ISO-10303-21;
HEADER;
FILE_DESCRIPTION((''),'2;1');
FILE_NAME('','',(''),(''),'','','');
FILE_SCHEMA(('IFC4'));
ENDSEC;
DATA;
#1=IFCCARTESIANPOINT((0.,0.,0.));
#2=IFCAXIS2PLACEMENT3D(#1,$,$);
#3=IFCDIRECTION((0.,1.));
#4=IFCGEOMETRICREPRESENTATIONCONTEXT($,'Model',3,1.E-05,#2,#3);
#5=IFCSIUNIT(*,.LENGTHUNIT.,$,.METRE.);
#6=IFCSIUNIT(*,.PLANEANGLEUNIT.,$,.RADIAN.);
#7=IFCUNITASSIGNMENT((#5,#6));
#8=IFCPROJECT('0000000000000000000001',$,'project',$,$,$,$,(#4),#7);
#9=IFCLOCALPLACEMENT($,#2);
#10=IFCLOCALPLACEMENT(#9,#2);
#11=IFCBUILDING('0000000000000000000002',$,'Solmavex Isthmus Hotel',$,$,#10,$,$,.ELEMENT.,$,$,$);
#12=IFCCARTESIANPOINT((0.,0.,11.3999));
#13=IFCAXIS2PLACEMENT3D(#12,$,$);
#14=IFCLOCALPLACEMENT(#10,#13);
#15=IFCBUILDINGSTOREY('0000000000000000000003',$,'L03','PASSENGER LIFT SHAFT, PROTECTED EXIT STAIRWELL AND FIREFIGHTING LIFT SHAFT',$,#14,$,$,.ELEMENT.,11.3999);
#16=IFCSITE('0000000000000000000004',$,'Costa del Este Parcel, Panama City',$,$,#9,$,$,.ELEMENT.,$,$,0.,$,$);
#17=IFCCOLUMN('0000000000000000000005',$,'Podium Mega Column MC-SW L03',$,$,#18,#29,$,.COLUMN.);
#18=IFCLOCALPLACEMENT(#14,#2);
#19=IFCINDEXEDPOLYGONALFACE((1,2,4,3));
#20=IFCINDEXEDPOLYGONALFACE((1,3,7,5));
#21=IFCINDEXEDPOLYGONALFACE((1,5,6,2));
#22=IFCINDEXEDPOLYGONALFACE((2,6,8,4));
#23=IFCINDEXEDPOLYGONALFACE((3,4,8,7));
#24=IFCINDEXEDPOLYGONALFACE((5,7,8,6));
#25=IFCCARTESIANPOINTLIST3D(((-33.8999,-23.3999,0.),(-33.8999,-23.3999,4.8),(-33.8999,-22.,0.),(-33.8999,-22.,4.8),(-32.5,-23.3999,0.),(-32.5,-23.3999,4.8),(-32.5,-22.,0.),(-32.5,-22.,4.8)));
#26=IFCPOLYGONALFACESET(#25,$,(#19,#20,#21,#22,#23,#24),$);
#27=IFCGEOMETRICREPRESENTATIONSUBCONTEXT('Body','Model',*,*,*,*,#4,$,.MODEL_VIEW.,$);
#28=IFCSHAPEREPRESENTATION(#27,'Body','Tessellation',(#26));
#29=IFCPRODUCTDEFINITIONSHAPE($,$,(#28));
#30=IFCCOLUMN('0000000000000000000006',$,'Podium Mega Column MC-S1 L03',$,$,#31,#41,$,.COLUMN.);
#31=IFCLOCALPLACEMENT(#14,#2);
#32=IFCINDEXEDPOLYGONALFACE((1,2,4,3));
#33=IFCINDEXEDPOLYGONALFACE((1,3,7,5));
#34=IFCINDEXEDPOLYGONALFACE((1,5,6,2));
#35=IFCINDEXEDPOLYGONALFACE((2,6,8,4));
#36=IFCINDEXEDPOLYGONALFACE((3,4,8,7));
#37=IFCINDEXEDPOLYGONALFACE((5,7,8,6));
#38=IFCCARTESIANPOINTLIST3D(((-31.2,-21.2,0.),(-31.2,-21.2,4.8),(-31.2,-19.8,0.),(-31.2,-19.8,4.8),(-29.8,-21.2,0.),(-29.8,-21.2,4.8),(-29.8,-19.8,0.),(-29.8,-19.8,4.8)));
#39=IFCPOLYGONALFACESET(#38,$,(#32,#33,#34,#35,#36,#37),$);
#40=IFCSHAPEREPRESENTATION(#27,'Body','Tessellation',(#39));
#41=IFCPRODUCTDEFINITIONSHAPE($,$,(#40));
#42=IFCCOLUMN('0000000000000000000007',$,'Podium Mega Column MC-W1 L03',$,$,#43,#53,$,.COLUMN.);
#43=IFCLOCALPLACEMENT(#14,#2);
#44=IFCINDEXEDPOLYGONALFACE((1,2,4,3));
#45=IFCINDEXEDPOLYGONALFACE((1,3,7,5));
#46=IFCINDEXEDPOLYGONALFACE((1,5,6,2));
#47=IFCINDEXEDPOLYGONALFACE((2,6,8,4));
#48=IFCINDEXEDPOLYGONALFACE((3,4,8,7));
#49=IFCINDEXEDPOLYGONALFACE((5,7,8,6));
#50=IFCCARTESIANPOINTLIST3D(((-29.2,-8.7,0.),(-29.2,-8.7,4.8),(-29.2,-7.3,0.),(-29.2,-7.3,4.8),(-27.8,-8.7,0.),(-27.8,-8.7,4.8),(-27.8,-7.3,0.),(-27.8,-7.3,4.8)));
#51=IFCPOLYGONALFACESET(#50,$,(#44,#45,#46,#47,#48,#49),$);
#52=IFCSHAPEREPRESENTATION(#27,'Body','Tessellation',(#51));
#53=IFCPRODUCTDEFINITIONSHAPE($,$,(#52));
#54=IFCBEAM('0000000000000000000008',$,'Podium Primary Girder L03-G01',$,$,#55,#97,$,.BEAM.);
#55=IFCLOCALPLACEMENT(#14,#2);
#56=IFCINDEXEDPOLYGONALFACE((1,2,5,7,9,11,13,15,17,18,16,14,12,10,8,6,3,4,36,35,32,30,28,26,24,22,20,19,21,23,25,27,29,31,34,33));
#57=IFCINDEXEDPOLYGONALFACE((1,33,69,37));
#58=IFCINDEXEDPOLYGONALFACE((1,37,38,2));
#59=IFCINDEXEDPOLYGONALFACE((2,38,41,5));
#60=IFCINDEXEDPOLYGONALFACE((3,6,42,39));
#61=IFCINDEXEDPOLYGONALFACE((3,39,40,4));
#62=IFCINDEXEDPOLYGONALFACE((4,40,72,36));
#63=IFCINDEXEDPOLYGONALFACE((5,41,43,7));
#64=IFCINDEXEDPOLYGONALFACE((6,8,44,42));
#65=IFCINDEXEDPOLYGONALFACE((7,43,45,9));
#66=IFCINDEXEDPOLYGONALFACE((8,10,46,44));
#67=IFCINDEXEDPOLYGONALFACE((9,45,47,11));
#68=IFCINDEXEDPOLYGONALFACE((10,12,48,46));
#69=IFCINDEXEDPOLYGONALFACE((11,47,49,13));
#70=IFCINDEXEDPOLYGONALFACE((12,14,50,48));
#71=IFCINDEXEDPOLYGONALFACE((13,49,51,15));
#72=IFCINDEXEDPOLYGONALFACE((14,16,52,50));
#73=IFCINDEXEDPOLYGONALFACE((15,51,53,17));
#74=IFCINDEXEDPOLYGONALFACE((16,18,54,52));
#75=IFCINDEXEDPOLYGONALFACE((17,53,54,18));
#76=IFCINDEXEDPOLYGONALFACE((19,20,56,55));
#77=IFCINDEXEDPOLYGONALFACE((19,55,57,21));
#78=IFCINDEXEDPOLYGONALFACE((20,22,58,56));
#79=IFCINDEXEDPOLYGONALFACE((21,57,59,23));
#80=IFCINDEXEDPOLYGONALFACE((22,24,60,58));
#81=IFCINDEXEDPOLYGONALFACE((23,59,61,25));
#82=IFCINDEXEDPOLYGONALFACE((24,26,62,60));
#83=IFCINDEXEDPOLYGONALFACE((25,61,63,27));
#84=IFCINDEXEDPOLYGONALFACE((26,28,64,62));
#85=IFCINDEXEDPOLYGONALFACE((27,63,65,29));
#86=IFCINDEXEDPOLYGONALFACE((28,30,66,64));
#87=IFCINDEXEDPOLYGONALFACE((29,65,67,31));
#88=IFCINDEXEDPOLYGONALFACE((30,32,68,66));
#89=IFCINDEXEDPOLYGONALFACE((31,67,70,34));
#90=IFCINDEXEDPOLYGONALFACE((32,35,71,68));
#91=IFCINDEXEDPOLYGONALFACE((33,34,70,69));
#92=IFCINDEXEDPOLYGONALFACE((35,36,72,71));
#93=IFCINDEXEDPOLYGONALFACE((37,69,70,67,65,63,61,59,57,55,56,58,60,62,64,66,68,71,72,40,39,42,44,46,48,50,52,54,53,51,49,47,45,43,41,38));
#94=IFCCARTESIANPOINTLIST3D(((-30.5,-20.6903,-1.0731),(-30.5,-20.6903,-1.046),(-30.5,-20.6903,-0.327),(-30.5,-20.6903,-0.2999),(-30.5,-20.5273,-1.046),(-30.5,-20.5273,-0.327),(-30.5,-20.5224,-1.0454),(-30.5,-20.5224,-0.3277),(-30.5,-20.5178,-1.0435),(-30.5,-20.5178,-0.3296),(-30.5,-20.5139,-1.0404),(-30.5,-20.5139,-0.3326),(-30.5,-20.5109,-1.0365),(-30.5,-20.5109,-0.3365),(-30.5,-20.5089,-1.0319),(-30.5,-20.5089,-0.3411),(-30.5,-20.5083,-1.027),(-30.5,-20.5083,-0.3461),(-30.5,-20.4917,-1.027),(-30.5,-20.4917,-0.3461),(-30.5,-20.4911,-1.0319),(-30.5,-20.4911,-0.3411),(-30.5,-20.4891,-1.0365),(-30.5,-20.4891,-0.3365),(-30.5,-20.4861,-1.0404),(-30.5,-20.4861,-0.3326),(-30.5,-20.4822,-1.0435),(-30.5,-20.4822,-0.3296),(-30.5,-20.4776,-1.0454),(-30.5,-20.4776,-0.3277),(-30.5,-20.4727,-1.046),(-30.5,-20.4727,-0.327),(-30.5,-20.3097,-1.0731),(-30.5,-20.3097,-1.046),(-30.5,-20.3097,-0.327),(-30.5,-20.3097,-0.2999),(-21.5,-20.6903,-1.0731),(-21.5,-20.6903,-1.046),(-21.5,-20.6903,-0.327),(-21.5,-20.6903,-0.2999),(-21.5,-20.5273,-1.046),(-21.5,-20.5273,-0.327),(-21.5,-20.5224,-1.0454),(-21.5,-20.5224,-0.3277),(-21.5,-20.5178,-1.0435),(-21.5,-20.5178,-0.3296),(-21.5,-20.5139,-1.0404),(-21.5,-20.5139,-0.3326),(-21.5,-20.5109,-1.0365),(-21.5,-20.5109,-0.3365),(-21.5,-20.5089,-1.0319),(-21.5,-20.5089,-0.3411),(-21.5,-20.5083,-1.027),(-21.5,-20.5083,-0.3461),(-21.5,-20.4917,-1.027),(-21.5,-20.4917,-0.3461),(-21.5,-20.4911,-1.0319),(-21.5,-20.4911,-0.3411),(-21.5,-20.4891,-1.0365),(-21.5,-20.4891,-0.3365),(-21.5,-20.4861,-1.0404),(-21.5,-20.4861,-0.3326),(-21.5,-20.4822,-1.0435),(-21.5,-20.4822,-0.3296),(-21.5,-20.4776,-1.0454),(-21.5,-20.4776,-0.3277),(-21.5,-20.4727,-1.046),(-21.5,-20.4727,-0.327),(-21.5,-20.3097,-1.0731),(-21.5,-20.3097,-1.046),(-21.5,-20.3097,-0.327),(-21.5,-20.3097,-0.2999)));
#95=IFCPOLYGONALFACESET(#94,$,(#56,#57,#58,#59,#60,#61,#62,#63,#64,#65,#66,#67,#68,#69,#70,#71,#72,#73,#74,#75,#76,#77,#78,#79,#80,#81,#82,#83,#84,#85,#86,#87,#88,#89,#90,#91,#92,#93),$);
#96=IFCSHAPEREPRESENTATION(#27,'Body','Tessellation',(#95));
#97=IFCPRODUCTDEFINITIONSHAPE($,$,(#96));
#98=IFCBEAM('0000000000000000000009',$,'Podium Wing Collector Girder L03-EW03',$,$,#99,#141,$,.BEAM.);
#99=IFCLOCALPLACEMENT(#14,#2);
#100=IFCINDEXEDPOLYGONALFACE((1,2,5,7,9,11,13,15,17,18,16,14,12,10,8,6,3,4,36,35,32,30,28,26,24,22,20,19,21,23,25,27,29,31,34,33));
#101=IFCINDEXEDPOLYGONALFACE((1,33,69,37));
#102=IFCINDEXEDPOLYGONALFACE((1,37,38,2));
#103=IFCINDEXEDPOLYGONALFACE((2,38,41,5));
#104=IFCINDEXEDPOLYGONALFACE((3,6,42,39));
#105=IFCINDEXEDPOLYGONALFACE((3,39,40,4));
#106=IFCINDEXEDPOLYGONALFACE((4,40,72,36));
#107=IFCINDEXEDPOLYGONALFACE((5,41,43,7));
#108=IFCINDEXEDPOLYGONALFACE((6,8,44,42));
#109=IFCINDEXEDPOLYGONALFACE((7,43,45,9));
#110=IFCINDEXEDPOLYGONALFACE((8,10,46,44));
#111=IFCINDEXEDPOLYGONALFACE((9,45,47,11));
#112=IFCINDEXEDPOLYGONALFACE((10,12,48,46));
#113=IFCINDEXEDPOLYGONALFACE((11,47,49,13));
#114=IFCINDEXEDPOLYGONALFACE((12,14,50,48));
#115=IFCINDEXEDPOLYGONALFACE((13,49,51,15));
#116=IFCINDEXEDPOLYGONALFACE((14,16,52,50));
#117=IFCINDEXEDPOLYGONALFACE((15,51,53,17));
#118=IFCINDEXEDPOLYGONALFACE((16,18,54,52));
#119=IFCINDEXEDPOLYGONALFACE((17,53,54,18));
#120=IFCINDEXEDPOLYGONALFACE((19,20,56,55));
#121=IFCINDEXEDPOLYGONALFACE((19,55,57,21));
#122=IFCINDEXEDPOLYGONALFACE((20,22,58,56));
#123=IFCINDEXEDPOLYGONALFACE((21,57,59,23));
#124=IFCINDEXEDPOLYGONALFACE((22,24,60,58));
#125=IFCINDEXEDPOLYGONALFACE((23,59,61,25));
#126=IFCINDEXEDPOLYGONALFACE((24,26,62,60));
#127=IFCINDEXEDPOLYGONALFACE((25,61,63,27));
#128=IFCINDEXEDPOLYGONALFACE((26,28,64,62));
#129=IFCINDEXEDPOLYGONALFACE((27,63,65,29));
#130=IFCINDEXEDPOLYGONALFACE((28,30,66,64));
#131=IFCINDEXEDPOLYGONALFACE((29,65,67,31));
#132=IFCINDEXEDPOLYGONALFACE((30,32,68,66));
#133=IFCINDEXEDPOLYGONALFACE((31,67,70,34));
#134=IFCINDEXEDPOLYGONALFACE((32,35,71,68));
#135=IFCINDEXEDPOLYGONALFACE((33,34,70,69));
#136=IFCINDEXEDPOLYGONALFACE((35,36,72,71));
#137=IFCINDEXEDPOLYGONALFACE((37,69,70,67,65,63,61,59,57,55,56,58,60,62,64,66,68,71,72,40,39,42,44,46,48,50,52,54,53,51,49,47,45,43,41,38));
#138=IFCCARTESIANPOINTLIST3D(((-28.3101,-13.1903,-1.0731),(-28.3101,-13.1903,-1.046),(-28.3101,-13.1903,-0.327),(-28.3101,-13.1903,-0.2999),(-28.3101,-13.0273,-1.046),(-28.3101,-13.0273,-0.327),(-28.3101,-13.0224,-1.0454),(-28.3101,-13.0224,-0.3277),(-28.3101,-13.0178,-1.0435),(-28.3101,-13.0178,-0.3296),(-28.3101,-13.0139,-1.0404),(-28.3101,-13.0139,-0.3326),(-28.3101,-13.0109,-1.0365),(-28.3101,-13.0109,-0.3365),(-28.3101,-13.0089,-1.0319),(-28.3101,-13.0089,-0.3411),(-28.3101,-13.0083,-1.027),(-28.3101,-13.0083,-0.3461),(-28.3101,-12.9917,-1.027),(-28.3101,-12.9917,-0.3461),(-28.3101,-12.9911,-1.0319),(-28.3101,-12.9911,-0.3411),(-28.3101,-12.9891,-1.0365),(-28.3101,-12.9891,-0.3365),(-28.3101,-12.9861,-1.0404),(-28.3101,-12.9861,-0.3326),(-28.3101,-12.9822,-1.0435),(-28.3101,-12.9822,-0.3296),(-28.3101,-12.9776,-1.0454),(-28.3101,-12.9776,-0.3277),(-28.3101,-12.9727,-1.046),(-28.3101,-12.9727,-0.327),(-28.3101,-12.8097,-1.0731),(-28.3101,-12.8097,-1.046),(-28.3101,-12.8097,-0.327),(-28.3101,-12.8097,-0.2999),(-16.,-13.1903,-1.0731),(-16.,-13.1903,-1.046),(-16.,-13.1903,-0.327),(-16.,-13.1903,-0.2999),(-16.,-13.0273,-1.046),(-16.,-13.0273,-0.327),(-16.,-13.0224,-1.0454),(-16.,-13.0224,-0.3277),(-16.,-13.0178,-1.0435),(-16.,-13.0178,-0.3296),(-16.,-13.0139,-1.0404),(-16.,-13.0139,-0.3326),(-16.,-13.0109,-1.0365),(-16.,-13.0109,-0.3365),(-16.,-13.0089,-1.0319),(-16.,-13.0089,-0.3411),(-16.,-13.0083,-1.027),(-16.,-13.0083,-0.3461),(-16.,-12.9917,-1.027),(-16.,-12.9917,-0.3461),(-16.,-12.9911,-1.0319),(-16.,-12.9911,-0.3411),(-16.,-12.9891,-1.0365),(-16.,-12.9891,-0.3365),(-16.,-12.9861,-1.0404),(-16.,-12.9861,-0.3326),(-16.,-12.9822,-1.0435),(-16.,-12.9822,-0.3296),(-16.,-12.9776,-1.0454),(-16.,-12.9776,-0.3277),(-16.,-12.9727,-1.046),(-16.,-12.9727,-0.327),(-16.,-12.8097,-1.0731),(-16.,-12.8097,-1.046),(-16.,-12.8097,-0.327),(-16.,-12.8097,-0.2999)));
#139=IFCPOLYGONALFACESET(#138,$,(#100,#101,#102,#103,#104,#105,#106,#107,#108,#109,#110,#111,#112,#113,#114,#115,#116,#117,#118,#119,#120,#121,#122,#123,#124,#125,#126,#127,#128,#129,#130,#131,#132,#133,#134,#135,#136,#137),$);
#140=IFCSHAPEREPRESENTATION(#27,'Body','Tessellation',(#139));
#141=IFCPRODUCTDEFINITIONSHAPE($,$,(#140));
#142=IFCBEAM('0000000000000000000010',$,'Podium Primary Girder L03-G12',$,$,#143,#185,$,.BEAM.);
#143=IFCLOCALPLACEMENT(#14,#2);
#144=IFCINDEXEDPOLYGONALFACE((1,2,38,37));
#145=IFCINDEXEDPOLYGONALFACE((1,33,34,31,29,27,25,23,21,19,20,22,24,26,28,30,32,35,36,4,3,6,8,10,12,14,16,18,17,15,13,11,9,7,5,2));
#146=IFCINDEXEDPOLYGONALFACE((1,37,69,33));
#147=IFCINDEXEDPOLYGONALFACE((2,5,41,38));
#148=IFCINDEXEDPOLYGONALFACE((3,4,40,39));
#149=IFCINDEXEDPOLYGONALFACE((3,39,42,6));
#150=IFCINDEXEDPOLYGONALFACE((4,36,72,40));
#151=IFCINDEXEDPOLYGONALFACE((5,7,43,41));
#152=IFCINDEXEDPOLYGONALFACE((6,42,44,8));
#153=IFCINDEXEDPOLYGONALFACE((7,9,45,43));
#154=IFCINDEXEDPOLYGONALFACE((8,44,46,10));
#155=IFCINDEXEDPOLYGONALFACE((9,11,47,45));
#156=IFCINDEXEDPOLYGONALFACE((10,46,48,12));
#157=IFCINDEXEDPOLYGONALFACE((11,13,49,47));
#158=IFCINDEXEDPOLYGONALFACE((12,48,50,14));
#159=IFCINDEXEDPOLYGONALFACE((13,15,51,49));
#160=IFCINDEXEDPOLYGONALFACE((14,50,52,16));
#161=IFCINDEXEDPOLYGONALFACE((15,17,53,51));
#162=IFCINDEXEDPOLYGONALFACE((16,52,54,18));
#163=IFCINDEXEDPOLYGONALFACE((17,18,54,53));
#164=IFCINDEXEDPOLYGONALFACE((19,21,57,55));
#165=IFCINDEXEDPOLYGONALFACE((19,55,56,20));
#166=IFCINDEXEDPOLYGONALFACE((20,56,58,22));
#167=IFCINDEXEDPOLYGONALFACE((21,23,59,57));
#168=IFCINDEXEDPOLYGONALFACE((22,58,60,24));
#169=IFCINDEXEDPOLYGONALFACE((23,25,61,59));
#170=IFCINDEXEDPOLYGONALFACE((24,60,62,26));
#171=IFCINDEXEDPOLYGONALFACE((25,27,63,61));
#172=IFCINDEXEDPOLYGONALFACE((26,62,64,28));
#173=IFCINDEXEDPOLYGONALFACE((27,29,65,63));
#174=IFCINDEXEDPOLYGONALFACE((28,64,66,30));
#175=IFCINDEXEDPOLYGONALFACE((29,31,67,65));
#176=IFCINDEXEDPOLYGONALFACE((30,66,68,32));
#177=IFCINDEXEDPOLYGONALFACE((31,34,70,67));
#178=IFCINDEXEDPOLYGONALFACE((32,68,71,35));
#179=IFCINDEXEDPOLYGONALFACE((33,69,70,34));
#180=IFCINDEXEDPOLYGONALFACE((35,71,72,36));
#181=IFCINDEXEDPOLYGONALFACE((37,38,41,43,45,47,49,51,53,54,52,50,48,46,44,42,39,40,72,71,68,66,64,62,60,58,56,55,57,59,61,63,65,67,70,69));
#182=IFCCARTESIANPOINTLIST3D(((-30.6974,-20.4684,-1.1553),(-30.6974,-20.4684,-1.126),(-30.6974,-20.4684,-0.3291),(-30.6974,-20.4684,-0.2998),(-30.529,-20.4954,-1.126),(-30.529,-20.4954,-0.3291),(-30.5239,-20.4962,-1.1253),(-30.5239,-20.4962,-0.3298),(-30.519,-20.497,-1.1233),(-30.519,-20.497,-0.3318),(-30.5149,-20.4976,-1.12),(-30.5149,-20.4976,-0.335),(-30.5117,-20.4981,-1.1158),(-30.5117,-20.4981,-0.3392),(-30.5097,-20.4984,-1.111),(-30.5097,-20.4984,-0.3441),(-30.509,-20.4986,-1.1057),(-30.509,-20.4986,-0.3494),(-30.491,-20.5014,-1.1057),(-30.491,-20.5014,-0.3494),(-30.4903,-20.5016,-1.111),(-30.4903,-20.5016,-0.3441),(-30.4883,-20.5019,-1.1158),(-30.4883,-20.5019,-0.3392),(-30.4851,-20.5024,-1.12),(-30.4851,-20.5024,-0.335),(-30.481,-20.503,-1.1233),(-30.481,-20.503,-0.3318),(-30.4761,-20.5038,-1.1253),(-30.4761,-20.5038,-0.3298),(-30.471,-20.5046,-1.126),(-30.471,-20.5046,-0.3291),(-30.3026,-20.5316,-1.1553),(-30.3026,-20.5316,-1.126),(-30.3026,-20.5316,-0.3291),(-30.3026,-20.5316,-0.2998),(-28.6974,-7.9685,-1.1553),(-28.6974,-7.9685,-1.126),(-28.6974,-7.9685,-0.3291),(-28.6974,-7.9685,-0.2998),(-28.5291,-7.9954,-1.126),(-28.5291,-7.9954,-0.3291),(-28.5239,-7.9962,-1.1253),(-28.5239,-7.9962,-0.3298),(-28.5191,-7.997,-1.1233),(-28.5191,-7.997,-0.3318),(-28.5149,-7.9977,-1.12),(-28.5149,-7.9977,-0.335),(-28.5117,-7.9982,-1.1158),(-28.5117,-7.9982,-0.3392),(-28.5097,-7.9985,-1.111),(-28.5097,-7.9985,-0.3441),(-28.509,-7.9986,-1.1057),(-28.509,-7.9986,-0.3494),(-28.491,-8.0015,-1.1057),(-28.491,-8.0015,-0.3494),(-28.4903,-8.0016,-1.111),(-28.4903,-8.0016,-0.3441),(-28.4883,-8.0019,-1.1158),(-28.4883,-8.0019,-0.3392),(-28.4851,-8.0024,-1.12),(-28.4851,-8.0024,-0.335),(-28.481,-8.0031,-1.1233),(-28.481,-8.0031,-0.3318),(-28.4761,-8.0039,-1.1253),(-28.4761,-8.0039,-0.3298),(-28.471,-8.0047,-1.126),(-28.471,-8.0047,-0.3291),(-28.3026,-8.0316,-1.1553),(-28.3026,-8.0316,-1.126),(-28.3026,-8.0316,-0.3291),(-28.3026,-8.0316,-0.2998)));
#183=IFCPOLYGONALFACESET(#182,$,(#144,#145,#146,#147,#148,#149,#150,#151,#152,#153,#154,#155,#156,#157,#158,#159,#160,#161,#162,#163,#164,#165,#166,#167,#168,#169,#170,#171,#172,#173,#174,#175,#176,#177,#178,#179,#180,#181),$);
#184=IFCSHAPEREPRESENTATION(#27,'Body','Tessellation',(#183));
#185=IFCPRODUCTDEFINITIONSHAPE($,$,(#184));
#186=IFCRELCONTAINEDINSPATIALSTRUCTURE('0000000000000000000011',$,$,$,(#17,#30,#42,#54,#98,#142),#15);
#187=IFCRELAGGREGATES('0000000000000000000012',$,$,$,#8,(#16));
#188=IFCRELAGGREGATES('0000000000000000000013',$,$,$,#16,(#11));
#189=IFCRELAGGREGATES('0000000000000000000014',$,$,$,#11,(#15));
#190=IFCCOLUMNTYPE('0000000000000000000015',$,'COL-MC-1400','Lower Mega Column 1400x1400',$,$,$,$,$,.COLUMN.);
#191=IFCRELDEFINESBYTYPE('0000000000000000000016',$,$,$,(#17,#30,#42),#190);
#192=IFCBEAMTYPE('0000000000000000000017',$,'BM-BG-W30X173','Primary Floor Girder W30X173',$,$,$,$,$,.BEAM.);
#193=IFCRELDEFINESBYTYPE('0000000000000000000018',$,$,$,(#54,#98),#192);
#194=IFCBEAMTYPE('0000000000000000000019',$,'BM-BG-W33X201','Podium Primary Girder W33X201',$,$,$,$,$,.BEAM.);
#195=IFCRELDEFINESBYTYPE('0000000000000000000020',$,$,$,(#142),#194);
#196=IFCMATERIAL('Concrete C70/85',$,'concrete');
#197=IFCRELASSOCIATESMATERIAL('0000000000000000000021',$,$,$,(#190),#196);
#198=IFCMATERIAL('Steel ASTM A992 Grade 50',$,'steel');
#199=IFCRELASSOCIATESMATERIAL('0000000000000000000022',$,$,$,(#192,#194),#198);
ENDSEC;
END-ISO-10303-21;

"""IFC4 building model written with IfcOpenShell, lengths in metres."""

from ifc_helpers import new_model, si_unit, direction, frame, origin, origin_2d, place, context, subcontext, project, spatial, rectangle, i_section, extrude, material, material_profile, profile_set, type_object, element, save


model = new_model("IFC4")

# Units and contexts
model_context = context("Model", 3, precision=1e-05, world=origin(), true_north=direction((0.0, 1.0)))
body_context = subcontext(model_context, "Body", "Model", "MODEL_VIEW")
ifc_project = project(units=[si_unit("LENGTHUNIT", "METRE"), si_unit("PLANEANGLEUNIT", "RADIAN")], contexts=[model_context])

# Site, building, storey
site_placement = place(None, origin())
site = spatial("IfcSite", under=ifc_project, at=site_placement, Name="Costa del Este Parcel, Panama City", CompositionType="ELEMENT", RefElevation=0.0)
building_placement = place(site_placement, origin())
building = spatial("IfcBuilding", under=site, at=building_placement, Name="Solmavex Isthmus Hotel", CompositionType="ELEMENT")
storey_placement = place(building_placement, frame((0.0, 0.0, 11.3999)))
storey = spatial("IfcBuildingStorey", under=building, at=storey_placement, Name="L03", Description="PASSENGER LIFT SHAFT, PROTECTED EXIT STAIRWELL AND FIREFIGHTING LIFT SHAFT", CompositionType="ELEMENT", Elevation=11.3999)

# Columns
ifc_material_1 = material(Name="Concrete C70/85", Category="concrete")
ifc_material_profile_1 = material_profile(ifc_material_1, rectangle(XDim=1.3999, YDim=1.3999, at=origin_2d()), Name="RC1400X1400")
ifc_profile_set_1 = profile_set([ifc_material_profile_1], Name="Concrete C70/85")
column_type = type_object("IfcColumnType", Name="COL-MC-1400", Description="Lower Mega Column 1400x1400", PredefinedType="COLUMN", material=ifc_profile_set_1)
for number, where, z_axis, x_axis, name in (
    (1, (-33.2, -22.7, 0.0), (0.0, 0.0, 1.0), (1.0, 0.0, 0.0), "Podium Mega Column MC-SW L03"),
    (2, (-30.5, -20.5, 0.0), (0.0, 0.0, 1.0), (1.0, 0.0, 0.0), "Podium Mega Column MC-S1 L03"),
    (3, (-28.5, -8.0, 0.0), (0.0, 0.0, 1.0), (1.0, 0.0, 0.0), "Podium Mega Column MC-W1 L03"),
):
    element("IfcColumn", number, at=place(storey_placement, frame(where, z_axis=z_axis, x_axis=x_axis)), inside=storey, type_object=column_type, Name=name, PredefinedType="COLUMN", context=body_context, shape_type="SweptSolid", body=[
        extrude(rectangle(XDim=1.3999, YDim=1.3999, at=origin_2d()), origin(), (0.0, 0.0, 1.0), 4.8),
    ])

# Beams
ifc_material_2 = material(Name="Steel ASTM A992 Grade 50", Category="steel")
ifc_material_profile_2 = material_profile(ifc_material_2, i_section(OverallWidth=0.3806, OverallDepth=0.7732, WebThickness=0.0166, FlangeThickness=0.0271, FilletRadius=0.019, at=origin_2d()), Name="W30X173")
ifc_profile_set_2 = profile_set([ifc_material_profile_2], Name="Steel ASTM A992 Grade 50")
beam_type_1 = type_object("IfcBeamType", Name="BM-BG-W30X173", Description="Primary Floor Girder W30X173", PredefinedType="BEAM", material=ifc_profile_set_2)
beam_1_placement = place(storey_placement, frame((-30.5, -20.5, -0.6865), z_axis=(1.0, 0.0, 0.0), x_axis=(0.0, 1.0, 0.0)))
element("IfcBeam", 4, at=beam_1_placement, inside=storey, type_object=beam_type_1, Name="Podium Primary Girder L03-G01", PredefinedType="BEAM", context=body_context, shape_type="SweptSolid", body=[
    extrude(i_section(OverallWidth=0.3806, OverallDepth=0.7732, WebThickness=0.0166, FlangeThickness=0.0271, FilletRadius=0.019, at=origin_2d()), origin(), (0.0, 0.0, 1.0), 9.0),
])
beam_2_placement = place(storey_placement, frame((-28.3101, -13.0, -0.6865), z_axis=(1.0, 0.0, 0.0), x_axis=(0.0, 1.0, 0.0)))
element("IfcBeam", 5, at=beam_2_placement, inside=storey, type_object=beam_type_1, Name="Podium Wing Collector Girder L03-EW03", PredefinedType="BEAM", context=body_context, shape_type="SweptSolid", body=[
    extrude(i_section(OverallWidth=0.3806, OverallDepth=0.7732, WebThickness=0.0166, FlangeThickness=0.0271, FilletRadius=0.019, at=origin_2d()), origin(), (0.0, 0.0, 1.0), 12.3101),
])
ifc_material_profile_3 = material_profile(ifc_material_2, i_section(OverallWidth=0.3999, OverallDepth=0.8555, WebThickness=0.0183, FlangeThickness=0.0293, FilletRadius=0.0203, at=origin_2d()), Name="W33X201")
ifc_profile_set_3 = profile_set([ifc_material_profile_3], Name="Steel ASTM A992 Grade 50")
beam_type_2 = type_object("IfcBeamType", Name="BM-BG-W33X201", Description="Podium Primary Girder W33X201", PredefinedType="BEAM", material=ifc_profile_set_3)
beam_3_placement = place(storey_placement, frame((-30.5, -20.5, -0.7275), z_axis=(0.157991, 0.987441, 0.0), x_axis=(-0.987441, 0.157991, 0.0)))
element("IfcBeam", 6, at=beam_3_placement, inside=storey, type_object=beam_type_2, Name="Podium Primary Girder L03-G12", PredefinedType="BEAM", context=body_context, shape_type="SweptSolid", body=[
    extrude(i_section(OverallWidth=0.3999, OverallDepth=0.8555, WebThickness=0.0183, FlangeThickness=0.0293, FilletRadius=0.0203, at=origin_2d()), origin(), (0.0, 0.0, 1.0), 12.6589),
])

save(model, "model.ifc")
